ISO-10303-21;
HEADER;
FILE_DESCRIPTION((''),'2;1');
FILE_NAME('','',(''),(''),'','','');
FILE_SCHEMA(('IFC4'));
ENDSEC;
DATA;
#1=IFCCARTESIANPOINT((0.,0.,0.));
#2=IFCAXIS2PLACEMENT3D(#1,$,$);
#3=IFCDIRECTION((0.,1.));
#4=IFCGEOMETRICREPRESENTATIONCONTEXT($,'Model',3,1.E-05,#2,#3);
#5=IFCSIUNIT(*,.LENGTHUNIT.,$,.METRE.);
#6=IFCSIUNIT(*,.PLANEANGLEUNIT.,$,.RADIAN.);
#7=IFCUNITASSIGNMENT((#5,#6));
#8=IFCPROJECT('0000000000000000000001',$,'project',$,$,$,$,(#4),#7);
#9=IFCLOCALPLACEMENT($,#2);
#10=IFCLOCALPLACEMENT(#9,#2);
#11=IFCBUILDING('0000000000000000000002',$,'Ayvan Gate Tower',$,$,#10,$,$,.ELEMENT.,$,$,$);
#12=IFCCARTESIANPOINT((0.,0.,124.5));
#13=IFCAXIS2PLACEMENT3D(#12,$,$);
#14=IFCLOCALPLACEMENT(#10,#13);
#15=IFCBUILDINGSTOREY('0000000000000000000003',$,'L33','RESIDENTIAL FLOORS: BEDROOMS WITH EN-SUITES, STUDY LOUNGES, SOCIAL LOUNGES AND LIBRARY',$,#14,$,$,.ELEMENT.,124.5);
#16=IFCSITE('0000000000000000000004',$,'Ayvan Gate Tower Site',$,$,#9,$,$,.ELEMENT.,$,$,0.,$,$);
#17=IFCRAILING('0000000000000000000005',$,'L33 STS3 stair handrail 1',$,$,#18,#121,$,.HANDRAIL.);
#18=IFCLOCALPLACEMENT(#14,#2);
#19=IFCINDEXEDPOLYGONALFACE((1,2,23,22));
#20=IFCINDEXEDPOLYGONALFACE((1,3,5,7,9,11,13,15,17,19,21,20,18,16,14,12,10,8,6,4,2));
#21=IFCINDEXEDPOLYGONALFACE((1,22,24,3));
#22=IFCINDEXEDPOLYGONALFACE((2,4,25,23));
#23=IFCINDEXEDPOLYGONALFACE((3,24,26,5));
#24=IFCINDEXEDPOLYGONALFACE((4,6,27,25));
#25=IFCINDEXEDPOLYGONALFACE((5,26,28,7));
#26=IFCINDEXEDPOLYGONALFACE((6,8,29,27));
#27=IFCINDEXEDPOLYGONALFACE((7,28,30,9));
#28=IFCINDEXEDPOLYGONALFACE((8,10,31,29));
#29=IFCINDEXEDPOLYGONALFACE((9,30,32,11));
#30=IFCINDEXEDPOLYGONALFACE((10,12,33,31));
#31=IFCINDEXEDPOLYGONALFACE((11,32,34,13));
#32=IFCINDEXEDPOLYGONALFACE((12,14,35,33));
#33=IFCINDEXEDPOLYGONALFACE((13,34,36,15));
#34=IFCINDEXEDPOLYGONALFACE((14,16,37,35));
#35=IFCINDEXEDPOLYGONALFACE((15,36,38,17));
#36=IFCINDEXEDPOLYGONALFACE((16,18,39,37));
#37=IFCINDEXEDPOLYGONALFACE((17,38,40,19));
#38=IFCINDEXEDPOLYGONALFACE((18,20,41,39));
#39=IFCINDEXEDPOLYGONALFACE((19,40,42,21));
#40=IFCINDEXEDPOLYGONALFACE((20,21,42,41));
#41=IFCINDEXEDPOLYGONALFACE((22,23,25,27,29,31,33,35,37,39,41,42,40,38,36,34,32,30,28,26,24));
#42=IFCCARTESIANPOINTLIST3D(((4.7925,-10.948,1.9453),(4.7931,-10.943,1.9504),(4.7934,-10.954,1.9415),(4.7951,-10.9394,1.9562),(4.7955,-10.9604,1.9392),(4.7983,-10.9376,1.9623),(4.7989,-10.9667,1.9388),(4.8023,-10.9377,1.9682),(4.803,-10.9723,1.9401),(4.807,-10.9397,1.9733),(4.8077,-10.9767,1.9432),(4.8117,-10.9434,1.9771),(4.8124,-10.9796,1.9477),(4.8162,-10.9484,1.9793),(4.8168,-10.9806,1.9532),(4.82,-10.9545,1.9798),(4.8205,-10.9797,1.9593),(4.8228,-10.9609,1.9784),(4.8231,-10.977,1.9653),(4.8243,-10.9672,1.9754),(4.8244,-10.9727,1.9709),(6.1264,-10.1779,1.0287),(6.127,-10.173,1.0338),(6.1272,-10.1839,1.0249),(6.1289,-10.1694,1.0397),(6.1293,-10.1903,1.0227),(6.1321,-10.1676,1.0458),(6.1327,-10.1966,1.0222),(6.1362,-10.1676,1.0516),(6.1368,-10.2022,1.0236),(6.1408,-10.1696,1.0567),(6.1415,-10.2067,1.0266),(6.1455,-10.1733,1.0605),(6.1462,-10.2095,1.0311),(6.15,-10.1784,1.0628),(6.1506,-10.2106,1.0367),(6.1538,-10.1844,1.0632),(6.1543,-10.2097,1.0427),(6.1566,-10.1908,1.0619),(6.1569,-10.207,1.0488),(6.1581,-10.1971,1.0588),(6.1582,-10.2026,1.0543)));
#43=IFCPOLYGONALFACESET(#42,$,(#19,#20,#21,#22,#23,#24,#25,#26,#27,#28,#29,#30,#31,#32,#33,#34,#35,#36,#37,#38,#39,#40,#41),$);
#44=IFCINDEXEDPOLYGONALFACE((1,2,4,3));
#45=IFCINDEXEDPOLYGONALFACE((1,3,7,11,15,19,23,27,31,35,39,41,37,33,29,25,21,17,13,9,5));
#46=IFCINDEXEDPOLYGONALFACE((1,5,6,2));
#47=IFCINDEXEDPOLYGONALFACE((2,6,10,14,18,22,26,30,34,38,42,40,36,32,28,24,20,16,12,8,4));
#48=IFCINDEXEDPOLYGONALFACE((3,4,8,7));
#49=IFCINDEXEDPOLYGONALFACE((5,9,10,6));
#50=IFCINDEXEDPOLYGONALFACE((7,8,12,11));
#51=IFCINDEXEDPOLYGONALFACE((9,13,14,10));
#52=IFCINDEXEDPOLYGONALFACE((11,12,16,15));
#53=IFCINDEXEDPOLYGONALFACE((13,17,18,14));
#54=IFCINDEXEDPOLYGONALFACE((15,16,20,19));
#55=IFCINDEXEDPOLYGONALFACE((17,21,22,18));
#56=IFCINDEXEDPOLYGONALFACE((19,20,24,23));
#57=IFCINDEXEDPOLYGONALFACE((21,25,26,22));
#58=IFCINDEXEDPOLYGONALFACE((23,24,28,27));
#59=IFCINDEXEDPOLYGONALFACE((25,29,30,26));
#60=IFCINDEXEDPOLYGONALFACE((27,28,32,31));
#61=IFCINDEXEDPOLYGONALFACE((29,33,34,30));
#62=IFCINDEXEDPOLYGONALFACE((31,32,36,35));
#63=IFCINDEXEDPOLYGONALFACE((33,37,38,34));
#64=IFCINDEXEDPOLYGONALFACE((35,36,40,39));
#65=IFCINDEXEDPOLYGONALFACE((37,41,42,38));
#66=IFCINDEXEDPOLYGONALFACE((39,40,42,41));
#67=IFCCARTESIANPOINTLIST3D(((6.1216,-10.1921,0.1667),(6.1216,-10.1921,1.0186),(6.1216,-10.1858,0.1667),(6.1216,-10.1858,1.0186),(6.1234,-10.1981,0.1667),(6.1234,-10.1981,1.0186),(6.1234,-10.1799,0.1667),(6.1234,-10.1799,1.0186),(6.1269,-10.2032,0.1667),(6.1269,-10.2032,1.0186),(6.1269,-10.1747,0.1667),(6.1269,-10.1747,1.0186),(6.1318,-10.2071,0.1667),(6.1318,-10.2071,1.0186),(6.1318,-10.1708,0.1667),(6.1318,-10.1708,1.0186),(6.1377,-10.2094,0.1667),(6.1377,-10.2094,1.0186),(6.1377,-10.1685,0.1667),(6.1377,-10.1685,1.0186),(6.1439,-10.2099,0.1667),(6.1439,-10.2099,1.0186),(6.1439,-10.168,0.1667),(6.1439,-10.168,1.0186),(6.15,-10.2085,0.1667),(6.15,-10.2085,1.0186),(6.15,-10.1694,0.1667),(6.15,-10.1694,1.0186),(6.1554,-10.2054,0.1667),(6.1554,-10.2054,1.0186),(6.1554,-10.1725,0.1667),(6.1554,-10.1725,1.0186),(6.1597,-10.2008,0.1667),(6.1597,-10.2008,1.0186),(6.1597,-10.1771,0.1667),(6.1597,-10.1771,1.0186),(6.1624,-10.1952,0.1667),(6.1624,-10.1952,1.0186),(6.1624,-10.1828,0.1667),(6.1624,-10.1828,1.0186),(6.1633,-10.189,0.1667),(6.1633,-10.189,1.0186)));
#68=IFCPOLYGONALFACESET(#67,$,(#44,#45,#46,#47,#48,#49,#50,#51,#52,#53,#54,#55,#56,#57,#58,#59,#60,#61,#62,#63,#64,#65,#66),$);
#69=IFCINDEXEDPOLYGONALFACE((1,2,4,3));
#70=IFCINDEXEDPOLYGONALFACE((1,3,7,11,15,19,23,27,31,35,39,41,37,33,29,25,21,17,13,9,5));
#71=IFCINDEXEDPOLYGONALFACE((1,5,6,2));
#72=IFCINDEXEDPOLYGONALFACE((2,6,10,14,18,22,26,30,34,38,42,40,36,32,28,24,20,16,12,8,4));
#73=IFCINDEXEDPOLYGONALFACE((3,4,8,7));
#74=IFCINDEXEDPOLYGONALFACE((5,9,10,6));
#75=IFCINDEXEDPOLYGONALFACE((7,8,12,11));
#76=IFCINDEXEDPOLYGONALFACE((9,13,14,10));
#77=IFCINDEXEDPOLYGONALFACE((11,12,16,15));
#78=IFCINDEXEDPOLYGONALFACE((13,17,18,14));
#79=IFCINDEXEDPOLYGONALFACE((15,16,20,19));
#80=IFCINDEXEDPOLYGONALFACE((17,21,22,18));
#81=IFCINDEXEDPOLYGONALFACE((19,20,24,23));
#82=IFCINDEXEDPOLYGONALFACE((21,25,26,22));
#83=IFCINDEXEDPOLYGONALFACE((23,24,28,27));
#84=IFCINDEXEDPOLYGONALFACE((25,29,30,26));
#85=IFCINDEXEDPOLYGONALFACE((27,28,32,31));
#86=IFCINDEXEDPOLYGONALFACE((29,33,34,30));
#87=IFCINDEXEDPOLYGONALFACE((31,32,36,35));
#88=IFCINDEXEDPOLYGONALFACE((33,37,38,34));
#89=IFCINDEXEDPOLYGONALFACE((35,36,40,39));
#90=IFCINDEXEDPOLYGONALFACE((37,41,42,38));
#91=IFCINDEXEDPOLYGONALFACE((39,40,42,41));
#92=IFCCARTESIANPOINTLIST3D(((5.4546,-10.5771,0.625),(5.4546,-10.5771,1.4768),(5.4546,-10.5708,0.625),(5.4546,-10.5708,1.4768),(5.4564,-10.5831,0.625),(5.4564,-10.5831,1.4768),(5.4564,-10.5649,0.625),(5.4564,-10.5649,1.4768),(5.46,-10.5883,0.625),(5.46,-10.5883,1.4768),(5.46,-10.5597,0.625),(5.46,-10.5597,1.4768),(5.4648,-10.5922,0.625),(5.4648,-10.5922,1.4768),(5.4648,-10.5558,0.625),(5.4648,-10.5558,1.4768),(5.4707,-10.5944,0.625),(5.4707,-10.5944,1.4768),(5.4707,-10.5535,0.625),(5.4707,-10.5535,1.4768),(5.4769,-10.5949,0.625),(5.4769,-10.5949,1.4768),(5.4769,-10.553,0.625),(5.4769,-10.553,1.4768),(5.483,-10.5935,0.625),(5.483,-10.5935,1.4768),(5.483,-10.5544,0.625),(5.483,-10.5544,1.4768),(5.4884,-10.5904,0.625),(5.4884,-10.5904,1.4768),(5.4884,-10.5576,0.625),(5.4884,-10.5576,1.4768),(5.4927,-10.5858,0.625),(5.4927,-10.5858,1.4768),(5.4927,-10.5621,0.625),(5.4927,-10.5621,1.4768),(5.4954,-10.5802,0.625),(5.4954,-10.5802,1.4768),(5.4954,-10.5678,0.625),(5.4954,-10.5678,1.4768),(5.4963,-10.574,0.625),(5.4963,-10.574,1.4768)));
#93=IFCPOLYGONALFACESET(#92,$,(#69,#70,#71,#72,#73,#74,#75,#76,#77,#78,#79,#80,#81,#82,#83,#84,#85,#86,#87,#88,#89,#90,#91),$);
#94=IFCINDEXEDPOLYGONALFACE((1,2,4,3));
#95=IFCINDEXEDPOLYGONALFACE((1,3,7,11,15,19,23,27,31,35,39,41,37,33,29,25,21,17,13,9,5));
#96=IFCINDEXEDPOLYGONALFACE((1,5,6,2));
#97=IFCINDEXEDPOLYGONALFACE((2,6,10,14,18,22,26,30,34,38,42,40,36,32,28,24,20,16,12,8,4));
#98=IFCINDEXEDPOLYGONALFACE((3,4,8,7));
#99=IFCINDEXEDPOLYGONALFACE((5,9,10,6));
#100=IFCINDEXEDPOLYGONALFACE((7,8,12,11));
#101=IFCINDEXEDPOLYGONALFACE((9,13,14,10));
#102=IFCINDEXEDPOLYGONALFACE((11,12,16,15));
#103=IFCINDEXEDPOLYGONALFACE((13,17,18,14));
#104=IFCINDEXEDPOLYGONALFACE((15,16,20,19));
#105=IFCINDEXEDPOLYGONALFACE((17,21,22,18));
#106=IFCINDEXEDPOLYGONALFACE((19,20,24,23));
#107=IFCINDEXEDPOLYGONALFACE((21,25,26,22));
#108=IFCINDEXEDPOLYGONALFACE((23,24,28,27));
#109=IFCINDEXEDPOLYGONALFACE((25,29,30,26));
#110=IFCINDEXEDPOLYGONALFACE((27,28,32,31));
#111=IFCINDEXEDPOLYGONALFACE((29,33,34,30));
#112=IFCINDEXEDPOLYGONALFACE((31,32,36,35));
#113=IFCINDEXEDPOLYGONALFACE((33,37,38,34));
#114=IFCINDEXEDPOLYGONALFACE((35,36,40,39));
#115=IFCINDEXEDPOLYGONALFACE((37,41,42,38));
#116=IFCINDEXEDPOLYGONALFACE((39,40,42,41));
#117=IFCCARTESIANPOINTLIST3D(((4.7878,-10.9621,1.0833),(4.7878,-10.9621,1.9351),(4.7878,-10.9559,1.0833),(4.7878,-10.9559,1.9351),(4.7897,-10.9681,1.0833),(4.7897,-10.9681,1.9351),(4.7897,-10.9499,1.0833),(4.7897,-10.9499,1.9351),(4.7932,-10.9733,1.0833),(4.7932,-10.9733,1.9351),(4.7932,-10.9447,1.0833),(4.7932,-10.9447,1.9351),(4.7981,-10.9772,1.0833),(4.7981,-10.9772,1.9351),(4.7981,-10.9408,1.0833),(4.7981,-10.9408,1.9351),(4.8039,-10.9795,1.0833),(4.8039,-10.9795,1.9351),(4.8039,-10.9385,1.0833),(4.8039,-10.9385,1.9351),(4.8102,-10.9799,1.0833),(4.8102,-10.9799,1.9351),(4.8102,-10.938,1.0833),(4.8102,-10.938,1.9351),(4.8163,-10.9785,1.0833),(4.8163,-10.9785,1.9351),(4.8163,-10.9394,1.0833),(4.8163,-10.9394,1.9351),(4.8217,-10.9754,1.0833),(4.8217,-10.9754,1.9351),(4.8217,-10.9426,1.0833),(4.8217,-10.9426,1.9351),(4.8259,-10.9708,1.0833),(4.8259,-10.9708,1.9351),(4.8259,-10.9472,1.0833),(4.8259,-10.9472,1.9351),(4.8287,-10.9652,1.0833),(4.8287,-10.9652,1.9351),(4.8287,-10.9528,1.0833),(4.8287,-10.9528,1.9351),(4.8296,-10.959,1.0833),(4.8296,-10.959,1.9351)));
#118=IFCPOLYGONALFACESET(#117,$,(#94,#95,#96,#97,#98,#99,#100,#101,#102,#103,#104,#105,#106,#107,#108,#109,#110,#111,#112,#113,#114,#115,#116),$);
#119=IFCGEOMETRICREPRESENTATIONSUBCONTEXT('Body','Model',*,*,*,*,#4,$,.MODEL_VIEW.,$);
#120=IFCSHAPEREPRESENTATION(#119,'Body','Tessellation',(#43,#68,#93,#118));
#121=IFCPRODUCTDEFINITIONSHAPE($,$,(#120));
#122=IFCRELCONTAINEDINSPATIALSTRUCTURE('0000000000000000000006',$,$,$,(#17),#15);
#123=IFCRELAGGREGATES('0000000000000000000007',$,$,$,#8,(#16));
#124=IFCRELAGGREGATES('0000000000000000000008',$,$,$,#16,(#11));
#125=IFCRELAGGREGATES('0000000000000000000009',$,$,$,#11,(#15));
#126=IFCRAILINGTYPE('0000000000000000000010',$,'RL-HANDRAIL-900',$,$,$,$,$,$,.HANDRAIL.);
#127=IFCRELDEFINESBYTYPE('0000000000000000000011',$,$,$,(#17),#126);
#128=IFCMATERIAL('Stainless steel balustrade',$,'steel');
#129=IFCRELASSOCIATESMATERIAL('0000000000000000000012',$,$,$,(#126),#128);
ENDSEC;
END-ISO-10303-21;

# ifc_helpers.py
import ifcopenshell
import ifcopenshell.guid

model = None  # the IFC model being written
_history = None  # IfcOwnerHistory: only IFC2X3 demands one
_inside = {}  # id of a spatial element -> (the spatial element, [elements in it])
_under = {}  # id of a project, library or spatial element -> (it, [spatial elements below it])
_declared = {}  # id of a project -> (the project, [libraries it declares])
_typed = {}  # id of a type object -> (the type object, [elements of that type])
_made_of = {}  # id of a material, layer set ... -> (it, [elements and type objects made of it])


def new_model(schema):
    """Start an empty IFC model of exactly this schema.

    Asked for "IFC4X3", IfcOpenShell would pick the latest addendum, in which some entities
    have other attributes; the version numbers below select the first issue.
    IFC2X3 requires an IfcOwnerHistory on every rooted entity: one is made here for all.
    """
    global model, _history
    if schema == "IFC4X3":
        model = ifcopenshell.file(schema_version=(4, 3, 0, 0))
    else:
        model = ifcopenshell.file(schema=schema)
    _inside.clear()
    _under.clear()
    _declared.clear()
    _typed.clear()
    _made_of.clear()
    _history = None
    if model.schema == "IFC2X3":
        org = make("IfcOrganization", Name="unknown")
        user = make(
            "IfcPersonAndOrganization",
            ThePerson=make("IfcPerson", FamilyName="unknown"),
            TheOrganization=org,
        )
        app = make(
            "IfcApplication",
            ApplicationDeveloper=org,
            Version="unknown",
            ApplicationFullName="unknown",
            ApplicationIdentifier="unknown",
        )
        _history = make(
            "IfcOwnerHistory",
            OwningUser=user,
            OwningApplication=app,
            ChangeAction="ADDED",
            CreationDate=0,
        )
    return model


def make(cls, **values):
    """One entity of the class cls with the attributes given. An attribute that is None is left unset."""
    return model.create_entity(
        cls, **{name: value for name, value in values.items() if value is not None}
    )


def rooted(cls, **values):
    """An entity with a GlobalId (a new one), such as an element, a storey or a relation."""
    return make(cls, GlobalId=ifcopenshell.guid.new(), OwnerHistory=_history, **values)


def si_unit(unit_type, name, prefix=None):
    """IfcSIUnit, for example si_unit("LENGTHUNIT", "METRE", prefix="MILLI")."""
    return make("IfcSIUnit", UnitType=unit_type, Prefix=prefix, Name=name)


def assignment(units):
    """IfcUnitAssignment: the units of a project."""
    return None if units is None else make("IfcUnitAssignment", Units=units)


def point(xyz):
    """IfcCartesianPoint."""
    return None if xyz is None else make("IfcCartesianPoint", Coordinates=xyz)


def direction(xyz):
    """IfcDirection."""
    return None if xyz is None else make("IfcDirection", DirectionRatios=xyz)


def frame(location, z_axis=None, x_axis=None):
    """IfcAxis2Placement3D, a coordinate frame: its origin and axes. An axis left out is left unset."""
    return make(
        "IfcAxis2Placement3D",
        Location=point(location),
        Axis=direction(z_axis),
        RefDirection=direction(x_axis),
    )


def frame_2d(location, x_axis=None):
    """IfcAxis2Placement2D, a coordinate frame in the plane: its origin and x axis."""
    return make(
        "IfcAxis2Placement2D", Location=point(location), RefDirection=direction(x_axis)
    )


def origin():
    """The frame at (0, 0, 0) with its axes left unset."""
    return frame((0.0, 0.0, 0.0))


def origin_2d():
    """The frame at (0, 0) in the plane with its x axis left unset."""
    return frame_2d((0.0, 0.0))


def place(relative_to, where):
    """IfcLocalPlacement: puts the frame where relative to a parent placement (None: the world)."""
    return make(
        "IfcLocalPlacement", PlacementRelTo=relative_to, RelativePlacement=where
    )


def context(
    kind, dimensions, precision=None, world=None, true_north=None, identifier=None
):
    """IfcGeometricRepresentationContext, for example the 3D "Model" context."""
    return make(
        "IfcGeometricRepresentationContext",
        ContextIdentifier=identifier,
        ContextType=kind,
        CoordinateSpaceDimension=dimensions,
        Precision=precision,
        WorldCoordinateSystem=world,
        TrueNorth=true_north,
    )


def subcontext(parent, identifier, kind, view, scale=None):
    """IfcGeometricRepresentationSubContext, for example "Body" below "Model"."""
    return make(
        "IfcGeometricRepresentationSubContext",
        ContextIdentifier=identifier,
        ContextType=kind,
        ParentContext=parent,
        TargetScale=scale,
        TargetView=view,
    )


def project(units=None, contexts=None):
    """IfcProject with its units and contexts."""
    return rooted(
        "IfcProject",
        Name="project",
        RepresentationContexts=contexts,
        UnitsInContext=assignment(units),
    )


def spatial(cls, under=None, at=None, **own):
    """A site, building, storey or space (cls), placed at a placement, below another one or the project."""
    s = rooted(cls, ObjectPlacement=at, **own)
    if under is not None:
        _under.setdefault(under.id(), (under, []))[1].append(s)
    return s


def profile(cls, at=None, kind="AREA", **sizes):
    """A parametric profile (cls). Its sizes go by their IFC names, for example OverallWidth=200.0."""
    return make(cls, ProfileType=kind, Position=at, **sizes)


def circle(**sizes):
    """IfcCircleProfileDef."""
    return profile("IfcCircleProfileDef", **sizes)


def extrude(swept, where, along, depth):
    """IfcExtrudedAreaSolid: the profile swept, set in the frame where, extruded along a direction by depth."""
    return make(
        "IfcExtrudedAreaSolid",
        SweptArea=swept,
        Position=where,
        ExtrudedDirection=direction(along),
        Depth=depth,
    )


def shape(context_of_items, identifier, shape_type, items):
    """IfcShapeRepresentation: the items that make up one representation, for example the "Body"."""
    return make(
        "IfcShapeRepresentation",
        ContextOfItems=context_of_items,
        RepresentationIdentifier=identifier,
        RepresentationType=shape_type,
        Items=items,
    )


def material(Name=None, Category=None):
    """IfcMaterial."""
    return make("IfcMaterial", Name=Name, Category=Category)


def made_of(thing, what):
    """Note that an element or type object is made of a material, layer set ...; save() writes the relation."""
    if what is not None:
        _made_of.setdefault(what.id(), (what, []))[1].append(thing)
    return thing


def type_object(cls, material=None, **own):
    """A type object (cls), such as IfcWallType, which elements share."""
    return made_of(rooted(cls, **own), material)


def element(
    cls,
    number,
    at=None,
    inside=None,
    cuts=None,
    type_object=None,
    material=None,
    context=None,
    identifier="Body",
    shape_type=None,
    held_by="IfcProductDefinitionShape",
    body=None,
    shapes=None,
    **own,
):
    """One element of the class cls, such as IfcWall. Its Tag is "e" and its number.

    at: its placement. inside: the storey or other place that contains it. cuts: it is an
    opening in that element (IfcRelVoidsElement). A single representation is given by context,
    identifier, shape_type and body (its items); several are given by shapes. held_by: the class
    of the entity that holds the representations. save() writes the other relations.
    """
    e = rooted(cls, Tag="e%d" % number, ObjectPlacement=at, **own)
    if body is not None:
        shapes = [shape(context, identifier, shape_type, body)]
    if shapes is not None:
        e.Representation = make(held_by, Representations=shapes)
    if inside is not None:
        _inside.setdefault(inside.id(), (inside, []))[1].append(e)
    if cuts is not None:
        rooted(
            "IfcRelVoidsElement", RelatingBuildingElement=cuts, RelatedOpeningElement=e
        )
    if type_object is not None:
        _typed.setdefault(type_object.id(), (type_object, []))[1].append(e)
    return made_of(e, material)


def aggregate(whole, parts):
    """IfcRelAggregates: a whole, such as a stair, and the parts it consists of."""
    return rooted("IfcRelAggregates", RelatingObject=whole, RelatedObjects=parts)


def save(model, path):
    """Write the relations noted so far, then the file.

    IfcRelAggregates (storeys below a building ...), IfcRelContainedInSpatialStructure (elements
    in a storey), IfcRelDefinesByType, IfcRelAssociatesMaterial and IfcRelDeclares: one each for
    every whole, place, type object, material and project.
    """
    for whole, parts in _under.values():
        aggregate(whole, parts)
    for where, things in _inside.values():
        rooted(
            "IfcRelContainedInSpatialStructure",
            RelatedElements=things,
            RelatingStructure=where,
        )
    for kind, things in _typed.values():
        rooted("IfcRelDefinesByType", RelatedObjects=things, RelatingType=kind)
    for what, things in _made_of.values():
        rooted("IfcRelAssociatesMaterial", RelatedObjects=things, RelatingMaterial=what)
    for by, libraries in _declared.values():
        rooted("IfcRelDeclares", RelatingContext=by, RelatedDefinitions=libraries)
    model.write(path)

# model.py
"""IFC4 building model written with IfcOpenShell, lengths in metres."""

from ifc_helpers import new_model, si_unit, direction, frame, origin, origin_2d, place, context, subcontext, project, spatial, circle, extrude, material, type_object, element, save


model = new_model("IFC4")

# Units and contexts
model_context = context("Model", 3, precision=1e-05, world=origin(), true_north=direction((0.0, 1.0)))
body_context = subcontext(model_context, "Body", "Model", "MODEL_VIEW")
ifc_project = project(units=[si_unit("LENGTHUNIT", "METRE"), si_unit("PLANEANGLEUNIT", "RADIAN")], contexts=[model_context])

# Site, building, storey
site_placement = place(None, origin())
site = spatial("IfcSite", under=ifc_project, at=site_placement, Name="Ayvan Gate Tower Site", CompositionType="ELEMENT", RefElevation=0.0)
building_placement = place(site_placement, origin())
building = spatial("IfcBuilding", under=site, at=building_placement, Name="Ayvan Gate Tower", CompositionType="ELEMENT")
storey_placement = place(building_placement, frame((0.0, 0.0, 124.5)))
storey = spatial("IfcBuildingStorey", under=building, at=storey_placement, Name="L33", Description="RESIDENTIAL FLOORS: BEDROOMS WITH EN-SUITES, STUDY LOUNGES, SOCIAL LOUNGES AND LIBRARY", CompositionType="ELEMENT", Elevation=124.5)

# Railing
ifc_material_1 = material(Name="Stainless steel balustrade", Category="steel")
railing_type_1 = type_object("IfcRailingType", Name="RL-HANDRAIL-900", PredefinedType="HANDRAIL", material=ifc_material_1)
railing_1_placement = place(storey_placement, frame((6.1423, -10.189, 0.1667)))
element("IfcRailing", 1, at=railing_1_placement, inside=storey, type_object=railing_type_1, Name="L33 STS3 stair handrail 1", PredefinedType="HANDRAIL", context=body_context, shape_type="SweptSolid", body=[
    extrude(circle(Radius=0.0239, at=origin_2d()), frame((0.0, 0.0, 0.876), z_axis=(-0.744216, -0.429664, 0.511401), x_axis=(0.499992, -0.86603, 0.0)), (0.0, 0.0, 1.0), 1.7922),
    extrude(circle(Radius=0.021, at=origin_2d()), origin(), (0.0, 0.0, 1.0), 0.8518),
    extrude(circle(Radius=0.021, at=origin_2d()), frame((-0.667, -0.385, 0.4583)), (0.0, 0.0, 1.0), 0.8518),
    extrude(circle(Radius=0.021, at=origin_2d()), frame((-1.3337, -0.77, 0.9165)), (0.0, 0.0, 1.0), 0.8518),
])

save(model, "model.ifc")
